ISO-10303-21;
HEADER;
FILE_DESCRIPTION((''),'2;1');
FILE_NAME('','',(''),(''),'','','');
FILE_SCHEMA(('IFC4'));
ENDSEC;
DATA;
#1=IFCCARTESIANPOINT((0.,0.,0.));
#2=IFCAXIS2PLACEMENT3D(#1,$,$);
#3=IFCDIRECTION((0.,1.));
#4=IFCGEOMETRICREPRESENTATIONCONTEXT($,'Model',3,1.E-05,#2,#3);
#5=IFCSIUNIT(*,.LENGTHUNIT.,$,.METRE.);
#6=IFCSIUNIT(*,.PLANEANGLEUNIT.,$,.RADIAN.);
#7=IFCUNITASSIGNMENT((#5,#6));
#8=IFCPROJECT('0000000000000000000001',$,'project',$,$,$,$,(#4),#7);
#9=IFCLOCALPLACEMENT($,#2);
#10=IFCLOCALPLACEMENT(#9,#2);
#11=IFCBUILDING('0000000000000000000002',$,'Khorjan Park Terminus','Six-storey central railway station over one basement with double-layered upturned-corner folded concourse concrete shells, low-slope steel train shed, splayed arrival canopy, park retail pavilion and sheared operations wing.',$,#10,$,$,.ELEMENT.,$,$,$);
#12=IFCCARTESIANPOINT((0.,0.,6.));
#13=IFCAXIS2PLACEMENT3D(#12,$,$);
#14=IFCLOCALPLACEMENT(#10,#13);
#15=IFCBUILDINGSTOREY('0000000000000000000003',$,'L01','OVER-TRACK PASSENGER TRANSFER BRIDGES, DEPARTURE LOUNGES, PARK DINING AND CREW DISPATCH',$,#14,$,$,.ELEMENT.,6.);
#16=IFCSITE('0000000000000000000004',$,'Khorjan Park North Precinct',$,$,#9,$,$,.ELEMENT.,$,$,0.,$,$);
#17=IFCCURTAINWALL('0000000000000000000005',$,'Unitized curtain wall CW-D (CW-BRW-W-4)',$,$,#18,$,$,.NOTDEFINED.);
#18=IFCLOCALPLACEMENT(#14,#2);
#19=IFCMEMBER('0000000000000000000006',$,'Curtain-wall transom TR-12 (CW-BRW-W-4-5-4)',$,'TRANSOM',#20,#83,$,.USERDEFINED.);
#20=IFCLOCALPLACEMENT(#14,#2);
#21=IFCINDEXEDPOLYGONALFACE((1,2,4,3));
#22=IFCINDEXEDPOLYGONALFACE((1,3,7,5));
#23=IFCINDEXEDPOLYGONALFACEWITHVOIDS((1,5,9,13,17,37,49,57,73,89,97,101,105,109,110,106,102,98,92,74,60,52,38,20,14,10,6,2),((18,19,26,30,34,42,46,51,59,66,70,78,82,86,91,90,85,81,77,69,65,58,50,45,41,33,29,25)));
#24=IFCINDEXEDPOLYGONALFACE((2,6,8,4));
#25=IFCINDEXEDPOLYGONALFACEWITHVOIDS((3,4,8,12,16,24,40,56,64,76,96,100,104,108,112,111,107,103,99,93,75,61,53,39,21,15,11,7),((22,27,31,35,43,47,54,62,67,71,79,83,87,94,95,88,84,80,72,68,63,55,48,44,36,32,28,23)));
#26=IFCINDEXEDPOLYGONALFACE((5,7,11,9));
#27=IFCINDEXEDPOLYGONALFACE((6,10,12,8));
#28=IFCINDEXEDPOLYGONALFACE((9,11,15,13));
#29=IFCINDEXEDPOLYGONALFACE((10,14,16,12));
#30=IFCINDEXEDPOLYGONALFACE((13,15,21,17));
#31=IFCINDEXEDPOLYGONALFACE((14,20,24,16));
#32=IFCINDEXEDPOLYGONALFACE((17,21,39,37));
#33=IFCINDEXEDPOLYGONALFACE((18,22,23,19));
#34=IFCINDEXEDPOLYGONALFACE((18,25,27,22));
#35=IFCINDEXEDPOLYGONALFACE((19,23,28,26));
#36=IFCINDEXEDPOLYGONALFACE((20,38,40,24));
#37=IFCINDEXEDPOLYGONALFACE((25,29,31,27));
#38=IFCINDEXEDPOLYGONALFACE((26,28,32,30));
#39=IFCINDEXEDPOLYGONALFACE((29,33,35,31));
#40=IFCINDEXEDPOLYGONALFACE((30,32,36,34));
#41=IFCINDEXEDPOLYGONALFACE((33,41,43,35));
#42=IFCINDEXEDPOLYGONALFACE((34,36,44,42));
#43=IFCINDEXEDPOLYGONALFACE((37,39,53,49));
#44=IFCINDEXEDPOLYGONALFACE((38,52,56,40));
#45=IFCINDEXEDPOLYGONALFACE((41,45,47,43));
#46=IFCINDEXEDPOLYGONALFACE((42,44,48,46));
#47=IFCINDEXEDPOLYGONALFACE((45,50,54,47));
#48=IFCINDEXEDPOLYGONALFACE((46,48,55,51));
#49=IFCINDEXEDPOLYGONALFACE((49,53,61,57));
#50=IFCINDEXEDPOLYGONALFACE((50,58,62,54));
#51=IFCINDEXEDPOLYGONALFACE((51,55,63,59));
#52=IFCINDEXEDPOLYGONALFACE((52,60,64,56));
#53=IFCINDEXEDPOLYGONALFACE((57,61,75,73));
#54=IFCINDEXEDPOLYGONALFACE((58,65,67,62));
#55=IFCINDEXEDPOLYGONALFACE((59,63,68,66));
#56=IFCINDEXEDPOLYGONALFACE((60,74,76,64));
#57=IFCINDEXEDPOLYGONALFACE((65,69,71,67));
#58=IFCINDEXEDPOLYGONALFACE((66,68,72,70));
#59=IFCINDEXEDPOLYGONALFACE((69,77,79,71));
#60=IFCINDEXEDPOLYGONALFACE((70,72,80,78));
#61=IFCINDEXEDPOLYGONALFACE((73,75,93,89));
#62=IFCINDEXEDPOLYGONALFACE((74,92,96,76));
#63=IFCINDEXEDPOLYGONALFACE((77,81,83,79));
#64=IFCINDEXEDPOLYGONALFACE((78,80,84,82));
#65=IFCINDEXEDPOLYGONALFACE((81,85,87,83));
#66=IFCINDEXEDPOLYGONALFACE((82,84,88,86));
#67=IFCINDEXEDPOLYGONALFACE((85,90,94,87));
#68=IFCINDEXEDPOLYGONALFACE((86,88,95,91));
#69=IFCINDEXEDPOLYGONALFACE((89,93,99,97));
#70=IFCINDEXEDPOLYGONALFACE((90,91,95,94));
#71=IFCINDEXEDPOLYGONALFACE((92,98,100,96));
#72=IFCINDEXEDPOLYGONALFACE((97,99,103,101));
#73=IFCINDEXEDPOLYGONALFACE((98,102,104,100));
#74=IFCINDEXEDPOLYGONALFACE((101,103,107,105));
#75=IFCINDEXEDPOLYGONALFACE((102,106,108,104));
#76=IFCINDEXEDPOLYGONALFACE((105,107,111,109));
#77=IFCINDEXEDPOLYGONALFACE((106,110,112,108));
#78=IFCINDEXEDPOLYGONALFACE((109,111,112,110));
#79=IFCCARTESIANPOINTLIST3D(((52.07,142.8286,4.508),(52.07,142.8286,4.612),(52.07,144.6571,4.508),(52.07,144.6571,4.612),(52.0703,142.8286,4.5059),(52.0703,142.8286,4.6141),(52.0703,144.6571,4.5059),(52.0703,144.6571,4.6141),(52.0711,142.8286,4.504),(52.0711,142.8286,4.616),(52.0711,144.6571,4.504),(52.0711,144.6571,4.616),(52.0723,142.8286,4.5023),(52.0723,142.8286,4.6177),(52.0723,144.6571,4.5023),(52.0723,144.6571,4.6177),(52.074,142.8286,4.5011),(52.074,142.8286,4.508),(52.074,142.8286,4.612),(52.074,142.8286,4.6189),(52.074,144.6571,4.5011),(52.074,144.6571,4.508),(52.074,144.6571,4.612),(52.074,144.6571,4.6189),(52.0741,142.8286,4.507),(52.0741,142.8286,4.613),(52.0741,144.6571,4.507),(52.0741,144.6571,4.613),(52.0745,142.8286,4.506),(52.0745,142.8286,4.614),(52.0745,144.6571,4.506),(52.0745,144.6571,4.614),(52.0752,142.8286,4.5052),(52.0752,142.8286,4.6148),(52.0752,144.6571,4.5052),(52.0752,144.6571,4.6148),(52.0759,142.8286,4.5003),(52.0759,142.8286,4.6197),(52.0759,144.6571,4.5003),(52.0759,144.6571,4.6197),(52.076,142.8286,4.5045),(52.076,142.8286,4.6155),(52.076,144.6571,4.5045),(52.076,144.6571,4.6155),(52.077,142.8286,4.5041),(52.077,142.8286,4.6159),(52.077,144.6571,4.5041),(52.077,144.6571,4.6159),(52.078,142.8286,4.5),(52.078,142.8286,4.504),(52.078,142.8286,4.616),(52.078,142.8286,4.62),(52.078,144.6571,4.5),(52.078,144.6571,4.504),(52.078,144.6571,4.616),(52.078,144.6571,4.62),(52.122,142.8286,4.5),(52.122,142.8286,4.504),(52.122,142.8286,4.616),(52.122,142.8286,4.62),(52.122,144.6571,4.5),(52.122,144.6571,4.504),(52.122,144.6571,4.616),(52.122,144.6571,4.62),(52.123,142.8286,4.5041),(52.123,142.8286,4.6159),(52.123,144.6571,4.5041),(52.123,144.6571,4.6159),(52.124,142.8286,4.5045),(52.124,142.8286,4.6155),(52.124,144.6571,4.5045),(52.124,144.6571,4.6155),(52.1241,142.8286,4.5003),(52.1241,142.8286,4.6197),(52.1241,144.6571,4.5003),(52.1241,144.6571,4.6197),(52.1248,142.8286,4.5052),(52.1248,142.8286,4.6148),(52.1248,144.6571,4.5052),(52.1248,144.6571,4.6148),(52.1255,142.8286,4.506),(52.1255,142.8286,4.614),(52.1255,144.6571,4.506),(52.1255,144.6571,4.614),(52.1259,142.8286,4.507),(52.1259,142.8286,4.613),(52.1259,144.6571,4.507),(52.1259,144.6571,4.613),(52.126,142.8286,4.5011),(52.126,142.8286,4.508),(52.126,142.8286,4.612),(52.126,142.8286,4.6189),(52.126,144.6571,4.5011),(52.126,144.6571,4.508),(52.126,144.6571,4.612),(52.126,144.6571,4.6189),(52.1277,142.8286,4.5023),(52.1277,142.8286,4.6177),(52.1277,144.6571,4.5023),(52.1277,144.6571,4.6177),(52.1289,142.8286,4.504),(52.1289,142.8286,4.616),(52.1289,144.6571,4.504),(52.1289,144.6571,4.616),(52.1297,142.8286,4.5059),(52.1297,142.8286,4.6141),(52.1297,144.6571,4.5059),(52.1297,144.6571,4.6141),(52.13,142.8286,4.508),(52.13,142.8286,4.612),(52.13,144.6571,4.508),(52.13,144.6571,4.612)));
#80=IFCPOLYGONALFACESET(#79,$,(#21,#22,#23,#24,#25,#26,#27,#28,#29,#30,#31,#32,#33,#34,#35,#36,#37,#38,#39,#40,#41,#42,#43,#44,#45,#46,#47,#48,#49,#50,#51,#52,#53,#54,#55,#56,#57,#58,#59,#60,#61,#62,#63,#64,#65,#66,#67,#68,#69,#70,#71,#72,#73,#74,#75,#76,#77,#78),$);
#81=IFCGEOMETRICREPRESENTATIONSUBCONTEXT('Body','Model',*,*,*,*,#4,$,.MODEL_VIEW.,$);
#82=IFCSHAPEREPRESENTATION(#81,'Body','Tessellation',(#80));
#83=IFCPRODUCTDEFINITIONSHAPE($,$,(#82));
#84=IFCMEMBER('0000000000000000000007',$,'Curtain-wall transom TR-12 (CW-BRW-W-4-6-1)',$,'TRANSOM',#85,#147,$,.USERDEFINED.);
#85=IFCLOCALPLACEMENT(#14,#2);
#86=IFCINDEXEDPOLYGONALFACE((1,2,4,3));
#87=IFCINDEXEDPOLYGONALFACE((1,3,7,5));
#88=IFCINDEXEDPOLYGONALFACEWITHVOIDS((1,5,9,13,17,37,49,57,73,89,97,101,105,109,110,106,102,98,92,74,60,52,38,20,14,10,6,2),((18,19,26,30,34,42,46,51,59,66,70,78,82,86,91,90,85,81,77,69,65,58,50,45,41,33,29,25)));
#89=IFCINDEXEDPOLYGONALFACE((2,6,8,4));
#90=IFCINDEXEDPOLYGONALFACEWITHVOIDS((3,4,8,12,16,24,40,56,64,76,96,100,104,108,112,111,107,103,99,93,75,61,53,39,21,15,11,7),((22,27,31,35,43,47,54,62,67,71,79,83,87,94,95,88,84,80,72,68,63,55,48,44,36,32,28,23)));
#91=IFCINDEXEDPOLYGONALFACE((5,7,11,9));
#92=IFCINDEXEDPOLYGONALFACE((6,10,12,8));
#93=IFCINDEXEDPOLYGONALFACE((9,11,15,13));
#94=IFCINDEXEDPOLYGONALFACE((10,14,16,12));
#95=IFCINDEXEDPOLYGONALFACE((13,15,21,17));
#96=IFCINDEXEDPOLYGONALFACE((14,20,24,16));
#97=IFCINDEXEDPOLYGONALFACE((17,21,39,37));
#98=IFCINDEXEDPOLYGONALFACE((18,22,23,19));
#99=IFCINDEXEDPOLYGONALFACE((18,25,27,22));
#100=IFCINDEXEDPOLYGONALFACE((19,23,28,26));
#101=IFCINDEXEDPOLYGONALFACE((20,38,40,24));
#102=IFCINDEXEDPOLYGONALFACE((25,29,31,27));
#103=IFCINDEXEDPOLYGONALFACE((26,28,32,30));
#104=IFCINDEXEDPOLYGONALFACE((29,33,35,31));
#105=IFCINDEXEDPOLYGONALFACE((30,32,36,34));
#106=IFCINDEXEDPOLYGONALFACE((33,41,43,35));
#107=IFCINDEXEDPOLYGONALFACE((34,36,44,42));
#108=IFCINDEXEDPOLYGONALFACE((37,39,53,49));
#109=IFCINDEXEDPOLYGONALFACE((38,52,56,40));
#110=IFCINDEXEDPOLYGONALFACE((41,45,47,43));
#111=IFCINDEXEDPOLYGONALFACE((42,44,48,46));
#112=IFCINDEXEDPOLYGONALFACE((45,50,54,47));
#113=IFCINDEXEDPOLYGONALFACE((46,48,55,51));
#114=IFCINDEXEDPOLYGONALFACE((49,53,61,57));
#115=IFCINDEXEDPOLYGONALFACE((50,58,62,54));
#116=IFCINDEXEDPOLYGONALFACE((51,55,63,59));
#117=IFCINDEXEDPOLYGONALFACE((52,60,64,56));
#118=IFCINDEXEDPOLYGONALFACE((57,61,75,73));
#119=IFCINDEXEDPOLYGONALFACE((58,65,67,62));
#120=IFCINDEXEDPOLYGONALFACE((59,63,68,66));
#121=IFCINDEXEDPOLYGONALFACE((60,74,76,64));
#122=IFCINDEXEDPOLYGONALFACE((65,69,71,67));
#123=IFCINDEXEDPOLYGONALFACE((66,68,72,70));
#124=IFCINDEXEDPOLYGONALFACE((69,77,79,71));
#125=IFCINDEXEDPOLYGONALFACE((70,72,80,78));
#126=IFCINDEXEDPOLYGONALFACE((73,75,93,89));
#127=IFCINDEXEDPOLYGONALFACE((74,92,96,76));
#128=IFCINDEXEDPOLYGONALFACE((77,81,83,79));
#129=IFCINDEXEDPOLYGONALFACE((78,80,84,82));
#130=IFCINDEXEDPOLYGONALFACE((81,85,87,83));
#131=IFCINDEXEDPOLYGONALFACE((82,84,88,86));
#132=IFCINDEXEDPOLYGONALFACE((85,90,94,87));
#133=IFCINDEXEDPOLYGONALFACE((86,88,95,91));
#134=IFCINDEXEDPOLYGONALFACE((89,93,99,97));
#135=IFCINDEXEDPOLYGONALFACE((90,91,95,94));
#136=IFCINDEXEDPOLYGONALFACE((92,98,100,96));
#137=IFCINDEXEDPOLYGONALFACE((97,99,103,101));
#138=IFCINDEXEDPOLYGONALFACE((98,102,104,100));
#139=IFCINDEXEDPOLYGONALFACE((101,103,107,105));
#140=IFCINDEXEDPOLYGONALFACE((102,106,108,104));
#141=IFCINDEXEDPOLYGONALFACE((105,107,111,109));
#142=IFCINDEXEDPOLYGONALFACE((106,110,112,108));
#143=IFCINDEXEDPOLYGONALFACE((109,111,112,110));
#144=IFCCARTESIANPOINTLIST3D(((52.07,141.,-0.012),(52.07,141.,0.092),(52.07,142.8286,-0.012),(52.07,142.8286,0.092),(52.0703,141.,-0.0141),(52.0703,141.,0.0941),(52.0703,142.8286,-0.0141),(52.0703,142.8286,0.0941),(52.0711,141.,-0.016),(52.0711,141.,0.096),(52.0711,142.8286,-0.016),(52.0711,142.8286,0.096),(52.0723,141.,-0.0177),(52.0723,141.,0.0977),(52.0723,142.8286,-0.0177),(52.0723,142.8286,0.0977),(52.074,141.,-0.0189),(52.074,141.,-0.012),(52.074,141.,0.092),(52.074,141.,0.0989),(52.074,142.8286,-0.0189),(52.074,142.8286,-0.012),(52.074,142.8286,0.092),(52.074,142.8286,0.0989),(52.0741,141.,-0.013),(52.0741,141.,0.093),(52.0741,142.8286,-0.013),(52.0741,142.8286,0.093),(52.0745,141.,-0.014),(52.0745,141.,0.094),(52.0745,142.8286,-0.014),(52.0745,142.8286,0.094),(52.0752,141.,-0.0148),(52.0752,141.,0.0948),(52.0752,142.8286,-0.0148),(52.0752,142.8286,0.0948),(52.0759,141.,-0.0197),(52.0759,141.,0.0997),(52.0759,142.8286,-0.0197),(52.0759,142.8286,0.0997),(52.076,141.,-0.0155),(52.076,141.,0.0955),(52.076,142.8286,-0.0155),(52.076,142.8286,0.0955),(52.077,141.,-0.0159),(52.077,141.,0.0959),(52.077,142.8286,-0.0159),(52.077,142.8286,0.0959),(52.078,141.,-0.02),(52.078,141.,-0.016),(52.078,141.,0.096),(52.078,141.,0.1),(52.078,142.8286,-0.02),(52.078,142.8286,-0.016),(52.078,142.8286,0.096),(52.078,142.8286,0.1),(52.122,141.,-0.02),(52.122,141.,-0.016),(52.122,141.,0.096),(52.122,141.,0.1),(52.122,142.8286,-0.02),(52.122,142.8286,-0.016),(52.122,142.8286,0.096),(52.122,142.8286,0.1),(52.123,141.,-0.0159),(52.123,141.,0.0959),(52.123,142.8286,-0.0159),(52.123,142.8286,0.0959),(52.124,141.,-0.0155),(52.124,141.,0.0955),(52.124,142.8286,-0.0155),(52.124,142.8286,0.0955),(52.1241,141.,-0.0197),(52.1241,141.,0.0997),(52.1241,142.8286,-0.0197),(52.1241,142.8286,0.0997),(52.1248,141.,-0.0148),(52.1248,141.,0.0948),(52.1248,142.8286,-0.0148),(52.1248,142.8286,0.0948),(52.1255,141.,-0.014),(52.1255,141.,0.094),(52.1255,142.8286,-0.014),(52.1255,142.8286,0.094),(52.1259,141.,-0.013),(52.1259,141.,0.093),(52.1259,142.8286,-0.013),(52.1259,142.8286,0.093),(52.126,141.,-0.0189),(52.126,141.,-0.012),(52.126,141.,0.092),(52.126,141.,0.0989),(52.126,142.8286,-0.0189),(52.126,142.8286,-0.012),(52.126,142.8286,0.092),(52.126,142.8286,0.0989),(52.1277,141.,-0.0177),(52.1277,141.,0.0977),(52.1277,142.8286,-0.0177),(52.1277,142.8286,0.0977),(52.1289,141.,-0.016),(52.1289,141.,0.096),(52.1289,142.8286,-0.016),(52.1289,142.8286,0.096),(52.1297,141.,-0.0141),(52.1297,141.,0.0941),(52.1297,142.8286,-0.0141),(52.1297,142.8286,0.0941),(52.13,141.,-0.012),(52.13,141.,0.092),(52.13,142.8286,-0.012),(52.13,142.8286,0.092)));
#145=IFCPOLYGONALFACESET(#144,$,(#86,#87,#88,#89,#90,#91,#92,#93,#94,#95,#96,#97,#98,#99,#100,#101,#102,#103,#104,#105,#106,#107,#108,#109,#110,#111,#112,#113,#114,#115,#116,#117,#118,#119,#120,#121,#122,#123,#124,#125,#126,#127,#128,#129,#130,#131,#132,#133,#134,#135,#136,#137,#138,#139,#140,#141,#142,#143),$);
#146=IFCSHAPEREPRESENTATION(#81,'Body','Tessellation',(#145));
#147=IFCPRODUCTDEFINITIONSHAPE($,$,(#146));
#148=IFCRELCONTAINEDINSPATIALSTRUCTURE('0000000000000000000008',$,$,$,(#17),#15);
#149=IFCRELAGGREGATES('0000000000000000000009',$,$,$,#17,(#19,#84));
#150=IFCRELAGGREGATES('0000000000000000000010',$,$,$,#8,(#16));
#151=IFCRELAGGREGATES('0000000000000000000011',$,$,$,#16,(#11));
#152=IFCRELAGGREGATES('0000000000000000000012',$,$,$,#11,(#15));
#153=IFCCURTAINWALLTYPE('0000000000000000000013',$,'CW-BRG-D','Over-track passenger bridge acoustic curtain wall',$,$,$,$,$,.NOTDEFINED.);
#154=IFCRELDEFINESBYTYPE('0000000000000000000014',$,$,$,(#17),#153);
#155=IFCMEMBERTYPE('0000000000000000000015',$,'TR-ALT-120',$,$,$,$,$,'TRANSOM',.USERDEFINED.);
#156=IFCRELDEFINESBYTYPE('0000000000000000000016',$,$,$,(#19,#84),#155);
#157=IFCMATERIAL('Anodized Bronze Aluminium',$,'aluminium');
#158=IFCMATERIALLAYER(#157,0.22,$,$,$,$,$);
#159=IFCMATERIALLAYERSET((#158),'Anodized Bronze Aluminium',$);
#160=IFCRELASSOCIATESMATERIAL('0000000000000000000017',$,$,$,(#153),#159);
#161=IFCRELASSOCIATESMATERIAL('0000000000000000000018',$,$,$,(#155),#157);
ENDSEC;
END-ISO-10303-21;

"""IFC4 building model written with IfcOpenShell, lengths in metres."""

from ifc_helpers import new_model, si_unit, direction, frame, origin, origin_2d, place, context, subcontext, project, spatial, hollow_rectangle, extrude, material, layer, layer_set, material_profile, profile_set, type_object, element, aggregate, save


model = new_model("IFC4")

# Units and contexts
model_context = context("Model", 3, precision=1e-05, world=origin(), true_north=direction((0.0, 1.0)))
body_context = subcontext(model_context, "Body", "Model", "MODEL_VIEW")
ifc_project = project(units=[si_unit("LENGTHUNIT", "METRE"), si_unit("PLANEANGLEUNIT", "RADIAN")], contexts=[model_context])

# Site, building, storey
site_placement = place(None, origin())
site = spatial("IfcSite", under=ifc_project, at=site_placement, Name="Khorjan Park North Precinct", CompositionType="ELEMENT", RefElevation=0.0)
building_placement = place(site_placement, origin())
building = spatial("IfcBuilding", under=site, at=building_placement, Name="Khorjan Park Terminus", Description="Six-storey central railway station over one basement with double-layered upturned-corner folded concourse concrete shells, low-slope steel train shed, splayed arrival canopy, park retail pavilion and sheared operations wing.", CompositionType="ELEMENT")
storey_placement = place(building_placement, frame((0.0, 0.0, 6.0)))
storey = spatial("IfcBuildingStorey", under=building, at=storey_placement, Name="L01", Description="OVER-TRACK PASSENGER TRANSFER BRIDGES, DEPARTURE LOUNGES, PARK DINING AND CREW DISPATCH", CompositionType="ELEMENT", Elevation=6.0)

# Shared definitions
ifc_material_1 = material(Name="Anodized Bronze Aluminium", Category="aluminium")
ifc_layer_1 = layer(ifc_material_1, 0.22)
ifc_layer_set_1 = layer_set([ifc_layer_1], Name="Anodized Bronze Aluminium")
curtain_wall_type = type_object("IfcCurtainWallType", Name="CW-BRG-D", Description="Over-track passenger bridge acoustic curtain wall", PredefinedType="NOTDEFINED", material=ifc_layer_set_1)

# Curtain wall
curtain_wall_1_placement = place(storey_placement, origin())
curtain_wall_1 = element("IfcCurtainWall", 1, at=curtain_wall_1_placement, inside=storey, type_object=curtain_wall_type, Name="Unitized curtain wall CW-D (CW-BRW-W-4)", PredefinedType="NOTDEFINED")

# Members
ifc_material_profile_1 = material_profile(ifc_material_1, hollow_rectangle(XDim=0.06, YDim=0.12, WallThickness=0.004, InnerFilletRadius=0.004, OuterFilletRadius=0.008, at=origin_2d()), Name="ALT 60x120x4")
ifc_profile_set_1 = profile_set([ifc_material_profile_1], Name="Anodized Bronze Aluminium")
member_type_1 = type_object("IfcMemberType", Name="TR-ALT-120", ElementType="TRANSOM", PredefinedType="USERDEFINED", material=ifc_profile_set_1)
member_1_placement = place(storey_placement, frame((52.1, 144.6571, 4.56), z_axis=(0.0, -1.0, 0.0), x_axis=(1.0, 0.0, 0.0)))
member_1 = element("IfcMember", 2, at=member_1_placement, type_object=member_type_1, Name="Curtain-wall transom TR-12 (CW-BRW-W-4-5-4)", ObjectType="TRANSOM", PredefinedType="USERDEFINED", context=body_context, shape_type="SweptSolid", body=[
    extrude(hollow_rectangle(XDim=0.06, YDim=0.12, WallThickness=0.004, InnerFilletRadius=0.004, OuterFilletRadius=0.008, at=origin_2d()), origin(), (0.0, 0.0, 1.0), 1.8285),
])
member_2_placement = place(storey_placement, frame((52.1, 142.8286, 0.04), z_axis=(0.0, -1.0, 0.0), x_axis=(1.0, 0.0, 0.0)))
member_2 = element("IfcMember", 3, at=member_2_placement, type_object=member_type_1, Name="Curtain-wall transom TR-12 (CW-BRW-W-4-6-1)", ObjectType="TRANSOM", PredefinedType="USERDEFINED", context=body_context, shape_type="SweptSolid", body=[
    extrude(hollow_rectangle(XDim=0.06, YDim=0.12, WallThickness=0.004, InnerFilletRadius=0.004, OuterFilletRadius=0.008, at=origin_2d()), origin(), (0.0, 0.0, 1.0), 1.8286),
])

aggregate(curtain_wall_1, [member_1, member_2])

save(model, "model.ifc")
